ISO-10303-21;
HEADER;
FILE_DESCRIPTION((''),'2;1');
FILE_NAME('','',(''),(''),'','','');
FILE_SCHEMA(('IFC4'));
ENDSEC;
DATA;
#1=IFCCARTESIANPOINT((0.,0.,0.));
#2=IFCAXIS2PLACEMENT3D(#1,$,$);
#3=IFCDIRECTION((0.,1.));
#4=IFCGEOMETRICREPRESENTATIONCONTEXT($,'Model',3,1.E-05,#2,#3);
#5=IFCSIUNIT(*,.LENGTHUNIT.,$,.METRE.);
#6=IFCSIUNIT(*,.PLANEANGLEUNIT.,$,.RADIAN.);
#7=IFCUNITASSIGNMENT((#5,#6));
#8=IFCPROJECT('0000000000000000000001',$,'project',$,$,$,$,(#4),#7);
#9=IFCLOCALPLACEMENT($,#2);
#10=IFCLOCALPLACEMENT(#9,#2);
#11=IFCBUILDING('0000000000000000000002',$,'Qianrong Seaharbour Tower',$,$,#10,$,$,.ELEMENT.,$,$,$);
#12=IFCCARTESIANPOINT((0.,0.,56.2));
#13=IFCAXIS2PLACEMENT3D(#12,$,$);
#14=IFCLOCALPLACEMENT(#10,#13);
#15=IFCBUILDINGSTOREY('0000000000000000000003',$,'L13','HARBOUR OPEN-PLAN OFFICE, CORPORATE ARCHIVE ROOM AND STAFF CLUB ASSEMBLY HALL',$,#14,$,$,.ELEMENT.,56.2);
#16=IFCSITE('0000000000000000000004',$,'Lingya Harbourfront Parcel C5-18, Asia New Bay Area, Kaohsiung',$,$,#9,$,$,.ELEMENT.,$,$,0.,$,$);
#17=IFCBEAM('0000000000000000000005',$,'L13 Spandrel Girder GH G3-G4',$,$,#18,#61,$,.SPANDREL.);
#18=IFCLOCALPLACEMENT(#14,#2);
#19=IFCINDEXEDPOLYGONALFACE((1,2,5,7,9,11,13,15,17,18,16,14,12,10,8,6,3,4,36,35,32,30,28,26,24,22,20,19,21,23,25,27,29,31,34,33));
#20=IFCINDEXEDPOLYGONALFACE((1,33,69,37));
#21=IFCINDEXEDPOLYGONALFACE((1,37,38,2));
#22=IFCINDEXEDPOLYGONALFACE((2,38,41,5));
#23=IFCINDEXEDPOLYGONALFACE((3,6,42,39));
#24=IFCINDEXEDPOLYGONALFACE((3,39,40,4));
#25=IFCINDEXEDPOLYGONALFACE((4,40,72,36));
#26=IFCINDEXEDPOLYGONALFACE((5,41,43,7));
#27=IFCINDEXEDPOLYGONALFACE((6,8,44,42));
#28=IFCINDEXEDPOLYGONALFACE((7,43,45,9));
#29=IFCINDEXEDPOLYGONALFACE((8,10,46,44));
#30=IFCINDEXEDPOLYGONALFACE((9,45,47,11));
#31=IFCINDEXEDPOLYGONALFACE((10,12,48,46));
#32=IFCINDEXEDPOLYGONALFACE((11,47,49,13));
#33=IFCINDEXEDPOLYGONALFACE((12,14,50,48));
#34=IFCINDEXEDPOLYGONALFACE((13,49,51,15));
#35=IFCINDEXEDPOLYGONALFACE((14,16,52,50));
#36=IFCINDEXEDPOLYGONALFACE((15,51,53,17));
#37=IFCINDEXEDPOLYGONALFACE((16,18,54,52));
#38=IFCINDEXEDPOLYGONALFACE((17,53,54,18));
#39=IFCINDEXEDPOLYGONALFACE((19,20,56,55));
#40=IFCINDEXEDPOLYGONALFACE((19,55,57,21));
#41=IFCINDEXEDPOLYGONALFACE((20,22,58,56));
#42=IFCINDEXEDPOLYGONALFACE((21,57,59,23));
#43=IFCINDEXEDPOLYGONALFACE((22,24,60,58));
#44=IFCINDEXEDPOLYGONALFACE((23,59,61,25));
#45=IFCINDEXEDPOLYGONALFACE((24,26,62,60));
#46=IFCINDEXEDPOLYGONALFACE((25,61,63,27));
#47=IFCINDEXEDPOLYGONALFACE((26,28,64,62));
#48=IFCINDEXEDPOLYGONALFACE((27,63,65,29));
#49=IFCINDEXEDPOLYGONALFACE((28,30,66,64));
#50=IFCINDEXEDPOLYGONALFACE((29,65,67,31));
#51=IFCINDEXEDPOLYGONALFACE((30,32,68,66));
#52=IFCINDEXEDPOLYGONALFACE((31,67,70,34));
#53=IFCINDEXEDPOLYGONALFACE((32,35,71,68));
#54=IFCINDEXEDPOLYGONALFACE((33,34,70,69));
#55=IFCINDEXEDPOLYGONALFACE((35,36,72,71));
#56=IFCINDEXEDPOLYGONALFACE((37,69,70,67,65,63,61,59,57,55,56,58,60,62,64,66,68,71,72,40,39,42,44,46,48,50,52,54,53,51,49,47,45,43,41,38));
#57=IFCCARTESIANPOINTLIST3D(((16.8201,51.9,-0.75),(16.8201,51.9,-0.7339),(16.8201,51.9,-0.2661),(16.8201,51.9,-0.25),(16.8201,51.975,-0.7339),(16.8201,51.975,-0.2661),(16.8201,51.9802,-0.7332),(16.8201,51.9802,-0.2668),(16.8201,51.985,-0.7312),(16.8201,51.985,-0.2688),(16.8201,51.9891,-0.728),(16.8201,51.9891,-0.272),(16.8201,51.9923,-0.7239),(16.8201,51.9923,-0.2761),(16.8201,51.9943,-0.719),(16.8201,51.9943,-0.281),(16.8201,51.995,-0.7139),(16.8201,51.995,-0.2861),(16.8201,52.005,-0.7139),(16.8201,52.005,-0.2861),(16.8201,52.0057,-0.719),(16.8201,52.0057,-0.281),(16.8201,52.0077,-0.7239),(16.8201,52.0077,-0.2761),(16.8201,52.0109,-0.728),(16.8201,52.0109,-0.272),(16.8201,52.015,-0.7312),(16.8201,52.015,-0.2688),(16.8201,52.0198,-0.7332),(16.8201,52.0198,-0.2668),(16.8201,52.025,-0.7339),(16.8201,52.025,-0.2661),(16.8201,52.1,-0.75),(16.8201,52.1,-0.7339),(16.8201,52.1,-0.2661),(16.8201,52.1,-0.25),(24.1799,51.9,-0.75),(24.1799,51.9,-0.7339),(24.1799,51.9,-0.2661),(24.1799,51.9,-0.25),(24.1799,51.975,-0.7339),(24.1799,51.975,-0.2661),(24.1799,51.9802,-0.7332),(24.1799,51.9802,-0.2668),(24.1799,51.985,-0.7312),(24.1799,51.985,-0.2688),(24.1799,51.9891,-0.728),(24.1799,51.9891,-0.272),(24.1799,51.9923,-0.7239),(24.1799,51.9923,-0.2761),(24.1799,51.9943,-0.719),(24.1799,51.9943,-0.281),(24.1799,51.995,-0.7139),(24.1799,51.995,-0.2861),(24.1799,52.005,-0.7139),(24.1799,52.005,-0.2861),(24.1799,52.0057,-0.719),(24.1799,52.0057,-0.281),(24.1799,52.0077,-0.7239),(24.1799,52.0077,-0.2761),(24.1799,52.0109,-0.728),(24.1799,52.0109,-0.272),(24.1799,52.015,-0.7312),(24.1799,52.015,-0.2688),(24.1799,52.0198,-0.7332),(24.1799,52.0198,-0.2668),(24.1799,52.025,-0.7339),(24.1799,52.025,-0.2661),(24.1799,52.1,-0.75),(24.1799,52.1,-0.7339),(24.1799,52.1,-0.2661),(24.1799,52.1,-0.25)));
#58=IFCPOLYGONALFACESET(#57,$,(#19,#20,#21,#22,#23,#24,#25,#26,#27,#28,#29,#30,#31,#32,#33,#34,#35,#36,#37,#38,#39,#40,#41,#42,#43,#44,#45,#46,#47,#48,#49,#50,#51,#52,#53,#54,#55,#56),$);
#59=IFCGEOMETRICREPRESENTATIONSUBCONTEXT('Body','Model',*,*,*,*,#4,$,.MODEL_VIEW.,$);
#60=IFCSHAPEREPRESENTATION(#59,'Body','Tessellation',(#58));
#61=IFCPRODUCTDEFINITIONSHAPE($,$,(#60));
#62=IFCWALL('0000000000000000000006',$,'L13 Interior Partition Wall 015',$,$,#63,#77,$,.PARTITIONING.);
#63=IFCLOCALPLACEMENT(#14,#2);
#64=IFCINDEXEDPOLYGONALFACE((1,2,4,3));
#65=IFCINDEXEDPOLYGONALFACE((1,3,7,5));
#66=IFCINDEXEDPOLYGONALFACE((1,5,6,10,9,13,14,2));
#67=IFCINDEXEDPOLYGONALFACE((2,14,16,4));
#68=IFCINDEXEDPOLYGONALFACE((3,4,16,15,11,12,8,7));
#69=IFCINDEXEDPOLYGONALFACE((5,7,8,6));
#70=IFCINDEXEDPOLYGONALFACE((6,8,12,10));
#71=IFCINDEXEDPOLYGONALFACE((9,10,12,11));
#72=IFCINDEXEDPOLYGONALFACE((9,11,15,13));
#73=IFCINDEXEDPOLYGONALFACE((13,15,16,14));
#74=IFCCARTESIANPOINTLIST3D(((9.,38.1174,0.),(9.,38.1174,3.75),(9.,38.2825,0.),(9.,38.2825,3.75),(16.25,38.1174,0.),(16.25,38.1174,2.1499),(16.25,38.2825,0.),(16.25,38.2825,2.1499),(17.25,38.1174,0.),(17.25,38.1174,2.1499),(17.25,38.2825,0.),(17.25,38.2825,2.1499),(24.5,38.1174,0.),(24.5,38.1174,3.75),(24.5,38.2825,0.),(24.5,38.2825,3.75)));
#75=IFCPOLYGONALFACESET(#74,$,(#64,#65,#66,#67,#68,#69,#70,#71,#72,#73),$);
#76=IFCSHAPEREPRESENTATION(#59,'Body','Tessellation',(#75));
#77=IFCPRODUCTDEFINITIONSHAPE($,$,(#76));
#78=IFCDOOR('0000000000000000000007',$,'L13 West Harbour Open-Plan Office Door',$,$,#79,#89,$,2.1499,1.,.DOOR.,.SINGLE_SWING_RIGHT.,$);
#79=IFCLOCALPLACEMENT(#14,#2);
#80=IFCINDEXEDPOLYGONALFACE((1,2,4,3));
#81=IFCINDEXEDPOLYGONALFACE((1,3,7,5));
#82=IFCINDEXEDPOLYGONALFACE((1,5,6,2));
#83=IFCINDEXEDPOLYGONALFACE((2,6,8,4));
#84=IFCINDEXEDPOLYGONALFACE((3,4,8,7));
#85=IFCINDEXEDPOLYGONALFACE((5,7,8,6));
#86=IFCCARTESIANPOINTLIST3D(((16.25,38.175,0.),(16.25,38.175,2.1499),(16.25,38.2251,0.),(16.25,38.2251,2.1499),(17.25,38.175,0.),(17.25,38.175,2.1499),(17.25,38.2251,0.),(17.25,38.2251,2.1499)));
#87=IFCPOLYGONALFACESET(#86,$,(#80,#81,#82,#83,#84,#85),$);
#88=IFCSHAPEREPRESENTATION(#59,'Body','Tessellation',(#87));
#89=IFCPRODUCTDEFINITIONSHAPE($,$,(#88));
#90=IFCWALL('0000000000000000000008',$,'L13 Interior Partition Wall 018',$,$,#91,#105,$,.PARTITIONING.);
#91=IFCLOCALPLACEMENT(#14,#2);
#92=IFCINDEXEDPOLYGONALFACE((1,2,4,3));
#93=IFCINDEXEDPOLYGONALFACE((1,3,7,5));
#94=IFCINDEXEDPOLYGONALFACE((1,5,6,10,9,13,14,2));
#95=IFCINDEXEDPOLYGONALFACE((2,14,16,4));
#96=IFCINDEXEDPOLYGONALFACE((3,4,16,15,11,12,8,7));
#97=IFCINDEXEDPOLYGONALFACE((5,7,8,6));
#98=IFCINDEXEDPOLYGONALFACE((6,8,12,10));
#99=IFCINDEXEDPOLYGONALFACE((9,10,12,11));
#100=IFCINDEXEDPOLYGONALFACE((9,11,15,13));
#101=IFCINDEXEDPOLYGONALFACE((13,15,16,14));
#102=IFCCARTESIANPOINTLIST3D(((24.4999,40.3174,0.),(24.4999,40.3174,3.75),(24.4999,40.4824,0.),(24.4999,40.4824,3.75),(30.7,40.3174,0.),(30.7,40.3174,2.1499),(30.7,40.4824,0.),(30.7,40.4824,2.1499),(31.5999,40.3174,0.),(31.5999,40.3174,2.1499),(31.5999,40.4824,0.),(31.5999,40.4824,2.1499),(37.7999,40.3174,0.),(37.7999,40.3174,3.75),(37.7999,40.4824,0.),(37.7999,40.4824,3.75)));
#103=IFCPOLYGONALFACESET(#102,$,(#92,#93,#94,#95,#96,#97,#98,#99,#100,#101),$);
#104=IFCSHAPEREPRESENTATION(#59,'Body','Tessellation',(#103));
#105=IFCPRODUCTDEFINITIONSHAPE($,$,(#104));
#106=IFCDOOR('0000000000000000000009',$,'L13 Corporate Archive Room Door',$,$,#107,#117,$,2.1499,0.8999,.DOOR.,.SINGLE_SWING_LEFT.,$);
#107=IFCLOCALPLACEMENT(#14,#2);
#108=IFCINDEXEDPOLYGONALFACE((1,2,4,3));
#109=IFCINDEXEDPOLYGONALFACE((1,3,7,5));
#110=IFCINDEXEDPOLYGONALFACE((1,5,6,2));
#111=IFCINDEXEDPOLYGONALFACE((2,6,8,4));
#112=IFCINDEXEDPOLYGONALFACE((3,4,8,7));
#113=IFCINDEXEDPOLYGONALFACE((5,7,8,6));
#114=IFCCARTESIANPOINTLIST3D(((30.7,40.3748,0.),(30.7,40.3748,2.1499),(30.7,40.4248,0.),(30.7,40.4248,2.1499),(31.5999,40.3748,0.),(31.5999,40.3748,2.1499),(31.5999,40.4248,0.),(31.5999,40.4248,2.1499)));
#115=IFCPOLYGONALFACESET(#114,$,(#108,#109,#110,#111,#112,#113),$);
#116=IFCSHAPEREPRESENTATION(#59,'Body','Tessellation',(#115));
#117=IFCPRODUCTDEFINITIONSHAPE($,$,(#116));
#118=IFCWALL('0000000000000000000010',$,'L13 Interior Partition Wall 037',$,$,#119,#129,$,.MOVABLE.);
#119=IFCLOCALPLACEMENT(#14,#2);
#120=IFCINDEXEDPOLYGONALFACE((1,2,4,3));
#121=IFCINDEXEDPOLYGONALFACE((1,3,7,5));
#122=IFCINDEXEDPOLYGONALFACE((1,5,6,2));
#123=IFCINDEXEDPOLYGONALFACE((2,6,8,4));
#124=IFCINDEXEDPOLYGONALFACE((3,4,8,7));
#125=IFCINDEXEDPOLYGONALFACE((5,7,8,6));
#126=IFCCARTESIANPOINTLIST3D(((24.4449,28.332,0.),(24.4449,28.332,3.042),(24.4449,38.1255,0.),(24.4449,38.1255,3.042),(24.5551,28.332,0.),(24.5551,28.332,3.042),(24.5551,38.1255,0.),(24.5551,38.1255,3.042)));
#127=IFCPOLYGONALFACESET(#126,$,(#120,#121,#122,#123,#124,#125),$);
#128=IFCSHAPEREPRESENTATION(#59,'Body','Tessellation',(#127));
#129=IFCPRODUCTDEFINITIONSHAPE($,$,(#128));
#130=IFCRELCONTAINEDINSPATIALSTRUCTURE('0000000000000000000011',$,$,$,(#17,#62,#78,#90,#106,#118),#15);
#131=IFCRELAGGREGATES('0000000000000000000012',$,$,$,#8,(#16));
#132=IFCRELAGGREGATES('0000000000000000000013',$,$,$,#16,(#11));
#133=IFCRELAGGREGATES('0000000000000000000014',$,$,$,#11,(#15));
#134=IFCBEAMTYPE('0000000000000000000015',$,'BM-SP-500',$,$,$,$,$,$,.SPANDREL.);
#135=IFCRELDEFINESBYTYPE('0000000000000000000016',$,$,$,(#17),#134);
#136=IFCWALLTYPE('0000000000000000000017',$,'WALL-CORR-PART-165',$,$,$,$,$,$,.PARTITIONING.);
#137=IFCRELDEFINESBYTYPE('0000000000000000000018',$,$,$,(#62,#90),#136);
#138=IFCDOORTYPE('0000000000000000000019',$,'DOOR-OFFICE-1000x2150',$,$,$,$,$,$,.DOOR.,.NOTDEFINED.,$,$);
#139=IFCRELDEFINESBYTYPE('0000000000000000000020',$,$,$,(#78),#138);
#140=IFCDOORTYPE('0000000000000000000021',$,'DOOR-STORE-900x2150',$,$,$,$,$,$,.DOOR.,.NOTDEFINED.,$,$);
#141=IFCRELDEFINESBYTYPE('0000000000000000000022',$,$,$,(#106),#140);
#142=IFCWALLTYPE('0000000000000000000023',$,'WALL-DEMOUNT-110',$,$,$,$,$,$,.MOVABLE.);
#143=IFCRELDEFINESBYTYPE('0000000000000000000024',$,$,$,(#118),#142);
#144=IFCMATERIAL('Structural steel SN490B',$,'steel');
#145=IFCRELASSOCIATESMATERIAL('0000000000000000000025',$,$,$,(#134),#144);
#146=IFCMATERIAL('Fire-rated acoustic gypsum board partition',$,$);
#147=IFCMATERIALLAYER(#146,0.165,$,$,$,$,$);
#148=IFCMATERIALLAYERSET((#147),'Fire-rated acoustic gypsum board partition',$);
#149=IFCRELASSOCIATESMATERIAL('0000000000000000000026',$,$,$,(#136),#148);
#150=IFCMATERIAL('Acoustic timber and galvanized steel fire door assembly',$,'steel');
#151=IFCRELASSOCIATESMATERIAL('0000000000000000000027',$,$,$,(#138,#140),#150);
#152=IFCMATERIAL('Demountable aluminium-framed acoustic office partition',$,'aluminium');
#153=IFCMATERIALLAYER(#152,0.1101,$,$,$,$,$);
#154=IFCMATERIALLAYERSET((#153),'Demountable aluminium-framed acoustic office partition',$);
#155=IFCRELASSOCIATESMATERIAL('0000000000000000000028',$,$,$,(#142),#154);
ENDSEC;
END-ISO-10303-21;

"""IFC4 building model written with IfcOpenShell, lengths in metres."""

from ifc_helpers import new_model, si_unit, direction, frame, frame_2d, origin, origin_2d, place, context, subcontext, project, spatial, rectangle, i_section, extrude, material, layer, layer_set, material_profile, profile_set, type_object, element, fill, save


model = new_model("IFC4")

# Units and contexts
model_context = context("Model", 3, precision=1e-05, world=origin(), true_north=direction((0.0, 1.0)))
body_context = subcontext(model_context, "Body", "Model", "MODEL_VIEW")
ifc_project = project(units=[si_unit("LENGTHUNIT", "METRE"), si_unit("PLANEANGLEUNIT", "RADIAN")], contexts=[model_context])

# Site, building, storey
site_placement = place(None, origin())
site = spatial("IfcSite", under=ifc_project, at=site_placement, Name="Lingya Harbourfront Parcel C5-18, Asia New Bay Area, Kaohsiung", CompositionType="ELEMENT", RefElevation=0.0)
building_placement = place(site_placement, origin())
building = spatial("IfcBuilding", under=site, at=building_placement, Name="Qianrong Seaharbour Tower", CompositionType="ELEMENT")
storey_placement = place(building_placement, frame((0.0, 0.0, 56.2)))
storey = spatial("IfcBuildingStorey", under=building, at=storey_placement, Name="L13", Description="HARBOUR OPEN-PLAN OFFICE, CORPORATE ARCHIVE ROOM AND STAFF CLUB ASSEMBLY HALL", CompositionType="ELEMENT", Elevation=56.2)

# Shared definitions
ifc_material_1 = material(Name="Structural steel SN490B", Category="steel")

# Beam
ifc_material_profile_1 = material_profile(ifc_material_1, i_section(OverallWidth=0.2, OverallDepth=0.5, WebThickness=0.01, FlangeThickness=0.0161, FilletRadius=0.02, at=origin_2d()), Name="H500x200x10x16")
ifc_profile_set_1 = profile_set([ifc_material_profile_1], Name="Structural steel SN490B")
beam_type_1 = type_object("IfcBeamType", Name="BM-SP-500", PredefinedType="SPANDREL", material=ifc_profile_set_1)
beam_1_placement = place(storey_placement, frame((16.8201, 52.0, -0.5), z_axis=(1.0, 0.0, 0.0), x_axis=(0.0, 1.0, 0.0)))
element("IfcBeam", 1, at=beam_1_placement, inside=storey, type_object=beam_type_1, Name="L13 Spandrel Girder GH G3-G4", PredefinedType="SPANDREL", context=body_context, shape_type="SweptSolid", body=[
    extrude(i_section(OverallWidth=0.2, OverallDepth=0.5, WebThickness=0.01, FlangeThickness=0.0161, FilletRadius=0.02, at=origin_2d()), origin(), (0.0, 0.0, 1.0), 7.3599),
])

# Walls, openings, doors
ifc_material_2 = material(Name="Fire-rated acoustic gypsum board partition")
ifc_layer_1 = layer(ifc_material_2, 0.165)
ifc_layer_set_1 = layer_set([ifc_layer_1], Name="Fire-rated acoustic gypsum board partition")
wall_type_1 = type_object("IfcWallType", Name="WALL-CORR-PART-165", PredefinedType="PARTITIONING", material=ifc_layer_set_1)
wall_1_placement = place(storey_placement, frame((24.5, 38.2, 0.0), z_axis=(0.0, 0.0, 1.0), x_axis=(-1.0, 0.0, 0.0)))
wall_1 = element("IfcWall", 2, at=wall_1_placement, inside=storey, type_object=wall_type_1, Name="L13 Interior Partition Wall 015", PredefinedType="PARTITIONING", context=body_context, shape_type="SweptSolid", body=[
    extrude(rectangle(XDim=15.5, YDim=0.165, at=frame_2d((7.75, 0.0))), origin(), (0.0, 0.0, 1.0), 3.75),
])
opening_1_placement = place(wall_1_placement, frame((7.25, 0.0, 0.0)))
opening_1 = element("IfcOpeningElement", 3, at=opening_1_placement, cuts=wall_1, PredefinedType="OPENING", context=body_context, shape_type="SweptSolid", body=[
    extrude(rectangle(XDim=1.0, YDim=2.1499, at=frame_2d((0.5, 1.075))), frame((0.0, 0.0925, 0.0), z_axis=(0.0, -1.0, 0.0), x_axis=(1.0, 0.0, 0.0)), (0.0, 0.0, 1.0), 0.1851),
])
ifc_material_3 = material(Name="Acoustic timber and galvanized steel fire door assembly", Category="steel")
door_type_1 = type_object("IfcDoorType", Name="DOOR-OFFICE-1000x2150", OperationType="NOTDEFINED", PredefinedType="DOOR", material=ifc_material_3)
door_1_placement = place(opening_1_placement, origin())
door_1 = element("IfcDoor", 4, at=door_1_placement, inside=storey, type_object=door_type_1, Name="L13 West Harbour Open-Plan Office Door", OperationType="SINGLE_SWING_RIGHT", OverallHeight=2.1499, OverallWidth=1.0, PredefinedType="DOOR", context=body_context, shape_type="SweptSolid", body=[
    extrude(rectangle(XDim=1.0, YDim=2.1499, at=frame_2d((0.5, 1.075))), frame((0.0, 0.0249, 0.0), z_axis=(0.0, -1.0, 0.0), x_axis=(1.0, 0.0, 0.0)), (0.0, 0.0, 1.0), 0.05),
])
fill(opening_1, door_1)
wall_2_placement = place(storey_placement, frame((24.5, 40.3999, 0.0), z_axis=(0.0, 0.0, 1.0), x_axis=(1.0, 0.0, 0.0)))
wall_2 = element("IfcWall", 5, at=wall_2_placement, inside=storey, type_object=wall_type_1, Name="L13 Interior Partition Wall 018", PredefinedType="PARTITIONING", context=body_context, shape_type="SweptSolid", body=[
    extrude(rectangle(XDim=13.3, YDim=0.165, at=frame_2d((6.6499, 0.0))), origin(), (0.0, 0.0, 1.0), 3.75),
])
opening_2_placement = place(wall_2_placement, frame((6.2, 0.0, 0.0)))
opening_2 = element("IfcOpeningElement", 6, at=opening_2_placement, cuts=wall_2, PredefinedType="OPENING", context=body_context, shape_type="SweptSolid", body=[
    extrude(rectangle(XDim=0.8999, YDim=2.1499, at=frame_2d((0.45, 1.075))), frame((0.0, 0.0925, 0.0), z_axis=(0.0, -1.0, 0.0), x_axis=(1.0, 0.0, 0.0)), (0.0, 0.0, 1.0), 0.1851),
])
door_type_2 = type_object("IfcDoorType", Name="DOOR-STORE-900x2150", OperationType="NOTDEFINED", PredefinedType="DOOR", material=ifc_material_3)
door_2_placement = place(opening_2_placement, origin())
door_2 = element("IfcDoor", 7, at=door_2_placement, inside=storey, type_object=door_type_2, Name="L13 Corporate Archive Room Door", OperationType="SINGLE_SWING_LEFT", OverallHeight=2.1499, OverallWidth=0.8999, PredefinedType="DOOR", context=body_context, shape_type="SweptSolid", body=[
    extrude(rectangle(XDim=0.8999, YDim=2.1499, at=frame_2d((0.45, 1.075))), frame((0.0, 0.0249, 0.0), z_axis=(0.0, -1.0, 0.0), x_axis=(1.0, 0.0, 0.0)), (0.0, 0.0, 1.0), 0.05),
])
fill(opening_2, door_2)

# Wall
ifc_material_4 = material(Name="Demountable aluminium-framed acoustic office partition", Category="aluminium")
ifc_layer_2 = layer(ifc_material_4, 0.1101)
ifc_layer_set_2 = layer_set([ifc_layer_2], Name="Demountable aluminium-framed acoustic office partition")
wall_type_2 = type_object("IfcWallType", Name="WALL-DEMOUNT-110", PredefinedType="MOVABLE", material=ifc_layer_set_2)
wall_3_placement = place(storey_placement, frame((24.5, 38.1255, 0.0), z_axis=(0.0, 0.0, 1.0), x_axis=(0.0, -1.0, 0.0)))
element("IfcWall", 8, at=wall_3_placement, inside=storey, type_object=wall_type_2, Name="L13 Interior Partition Wall 037", PredefinedType="MOVABLE", context=body_context, shape_type="SweptSolid", body=[
    extrude(rectangle(XDim=9.7935, YDim=0.1101, at=frame_2d((4.8967, 0.0))), origin(), (0.0, 0.0, 1.0), 3.042),
])

save(model, "model.ifc")
